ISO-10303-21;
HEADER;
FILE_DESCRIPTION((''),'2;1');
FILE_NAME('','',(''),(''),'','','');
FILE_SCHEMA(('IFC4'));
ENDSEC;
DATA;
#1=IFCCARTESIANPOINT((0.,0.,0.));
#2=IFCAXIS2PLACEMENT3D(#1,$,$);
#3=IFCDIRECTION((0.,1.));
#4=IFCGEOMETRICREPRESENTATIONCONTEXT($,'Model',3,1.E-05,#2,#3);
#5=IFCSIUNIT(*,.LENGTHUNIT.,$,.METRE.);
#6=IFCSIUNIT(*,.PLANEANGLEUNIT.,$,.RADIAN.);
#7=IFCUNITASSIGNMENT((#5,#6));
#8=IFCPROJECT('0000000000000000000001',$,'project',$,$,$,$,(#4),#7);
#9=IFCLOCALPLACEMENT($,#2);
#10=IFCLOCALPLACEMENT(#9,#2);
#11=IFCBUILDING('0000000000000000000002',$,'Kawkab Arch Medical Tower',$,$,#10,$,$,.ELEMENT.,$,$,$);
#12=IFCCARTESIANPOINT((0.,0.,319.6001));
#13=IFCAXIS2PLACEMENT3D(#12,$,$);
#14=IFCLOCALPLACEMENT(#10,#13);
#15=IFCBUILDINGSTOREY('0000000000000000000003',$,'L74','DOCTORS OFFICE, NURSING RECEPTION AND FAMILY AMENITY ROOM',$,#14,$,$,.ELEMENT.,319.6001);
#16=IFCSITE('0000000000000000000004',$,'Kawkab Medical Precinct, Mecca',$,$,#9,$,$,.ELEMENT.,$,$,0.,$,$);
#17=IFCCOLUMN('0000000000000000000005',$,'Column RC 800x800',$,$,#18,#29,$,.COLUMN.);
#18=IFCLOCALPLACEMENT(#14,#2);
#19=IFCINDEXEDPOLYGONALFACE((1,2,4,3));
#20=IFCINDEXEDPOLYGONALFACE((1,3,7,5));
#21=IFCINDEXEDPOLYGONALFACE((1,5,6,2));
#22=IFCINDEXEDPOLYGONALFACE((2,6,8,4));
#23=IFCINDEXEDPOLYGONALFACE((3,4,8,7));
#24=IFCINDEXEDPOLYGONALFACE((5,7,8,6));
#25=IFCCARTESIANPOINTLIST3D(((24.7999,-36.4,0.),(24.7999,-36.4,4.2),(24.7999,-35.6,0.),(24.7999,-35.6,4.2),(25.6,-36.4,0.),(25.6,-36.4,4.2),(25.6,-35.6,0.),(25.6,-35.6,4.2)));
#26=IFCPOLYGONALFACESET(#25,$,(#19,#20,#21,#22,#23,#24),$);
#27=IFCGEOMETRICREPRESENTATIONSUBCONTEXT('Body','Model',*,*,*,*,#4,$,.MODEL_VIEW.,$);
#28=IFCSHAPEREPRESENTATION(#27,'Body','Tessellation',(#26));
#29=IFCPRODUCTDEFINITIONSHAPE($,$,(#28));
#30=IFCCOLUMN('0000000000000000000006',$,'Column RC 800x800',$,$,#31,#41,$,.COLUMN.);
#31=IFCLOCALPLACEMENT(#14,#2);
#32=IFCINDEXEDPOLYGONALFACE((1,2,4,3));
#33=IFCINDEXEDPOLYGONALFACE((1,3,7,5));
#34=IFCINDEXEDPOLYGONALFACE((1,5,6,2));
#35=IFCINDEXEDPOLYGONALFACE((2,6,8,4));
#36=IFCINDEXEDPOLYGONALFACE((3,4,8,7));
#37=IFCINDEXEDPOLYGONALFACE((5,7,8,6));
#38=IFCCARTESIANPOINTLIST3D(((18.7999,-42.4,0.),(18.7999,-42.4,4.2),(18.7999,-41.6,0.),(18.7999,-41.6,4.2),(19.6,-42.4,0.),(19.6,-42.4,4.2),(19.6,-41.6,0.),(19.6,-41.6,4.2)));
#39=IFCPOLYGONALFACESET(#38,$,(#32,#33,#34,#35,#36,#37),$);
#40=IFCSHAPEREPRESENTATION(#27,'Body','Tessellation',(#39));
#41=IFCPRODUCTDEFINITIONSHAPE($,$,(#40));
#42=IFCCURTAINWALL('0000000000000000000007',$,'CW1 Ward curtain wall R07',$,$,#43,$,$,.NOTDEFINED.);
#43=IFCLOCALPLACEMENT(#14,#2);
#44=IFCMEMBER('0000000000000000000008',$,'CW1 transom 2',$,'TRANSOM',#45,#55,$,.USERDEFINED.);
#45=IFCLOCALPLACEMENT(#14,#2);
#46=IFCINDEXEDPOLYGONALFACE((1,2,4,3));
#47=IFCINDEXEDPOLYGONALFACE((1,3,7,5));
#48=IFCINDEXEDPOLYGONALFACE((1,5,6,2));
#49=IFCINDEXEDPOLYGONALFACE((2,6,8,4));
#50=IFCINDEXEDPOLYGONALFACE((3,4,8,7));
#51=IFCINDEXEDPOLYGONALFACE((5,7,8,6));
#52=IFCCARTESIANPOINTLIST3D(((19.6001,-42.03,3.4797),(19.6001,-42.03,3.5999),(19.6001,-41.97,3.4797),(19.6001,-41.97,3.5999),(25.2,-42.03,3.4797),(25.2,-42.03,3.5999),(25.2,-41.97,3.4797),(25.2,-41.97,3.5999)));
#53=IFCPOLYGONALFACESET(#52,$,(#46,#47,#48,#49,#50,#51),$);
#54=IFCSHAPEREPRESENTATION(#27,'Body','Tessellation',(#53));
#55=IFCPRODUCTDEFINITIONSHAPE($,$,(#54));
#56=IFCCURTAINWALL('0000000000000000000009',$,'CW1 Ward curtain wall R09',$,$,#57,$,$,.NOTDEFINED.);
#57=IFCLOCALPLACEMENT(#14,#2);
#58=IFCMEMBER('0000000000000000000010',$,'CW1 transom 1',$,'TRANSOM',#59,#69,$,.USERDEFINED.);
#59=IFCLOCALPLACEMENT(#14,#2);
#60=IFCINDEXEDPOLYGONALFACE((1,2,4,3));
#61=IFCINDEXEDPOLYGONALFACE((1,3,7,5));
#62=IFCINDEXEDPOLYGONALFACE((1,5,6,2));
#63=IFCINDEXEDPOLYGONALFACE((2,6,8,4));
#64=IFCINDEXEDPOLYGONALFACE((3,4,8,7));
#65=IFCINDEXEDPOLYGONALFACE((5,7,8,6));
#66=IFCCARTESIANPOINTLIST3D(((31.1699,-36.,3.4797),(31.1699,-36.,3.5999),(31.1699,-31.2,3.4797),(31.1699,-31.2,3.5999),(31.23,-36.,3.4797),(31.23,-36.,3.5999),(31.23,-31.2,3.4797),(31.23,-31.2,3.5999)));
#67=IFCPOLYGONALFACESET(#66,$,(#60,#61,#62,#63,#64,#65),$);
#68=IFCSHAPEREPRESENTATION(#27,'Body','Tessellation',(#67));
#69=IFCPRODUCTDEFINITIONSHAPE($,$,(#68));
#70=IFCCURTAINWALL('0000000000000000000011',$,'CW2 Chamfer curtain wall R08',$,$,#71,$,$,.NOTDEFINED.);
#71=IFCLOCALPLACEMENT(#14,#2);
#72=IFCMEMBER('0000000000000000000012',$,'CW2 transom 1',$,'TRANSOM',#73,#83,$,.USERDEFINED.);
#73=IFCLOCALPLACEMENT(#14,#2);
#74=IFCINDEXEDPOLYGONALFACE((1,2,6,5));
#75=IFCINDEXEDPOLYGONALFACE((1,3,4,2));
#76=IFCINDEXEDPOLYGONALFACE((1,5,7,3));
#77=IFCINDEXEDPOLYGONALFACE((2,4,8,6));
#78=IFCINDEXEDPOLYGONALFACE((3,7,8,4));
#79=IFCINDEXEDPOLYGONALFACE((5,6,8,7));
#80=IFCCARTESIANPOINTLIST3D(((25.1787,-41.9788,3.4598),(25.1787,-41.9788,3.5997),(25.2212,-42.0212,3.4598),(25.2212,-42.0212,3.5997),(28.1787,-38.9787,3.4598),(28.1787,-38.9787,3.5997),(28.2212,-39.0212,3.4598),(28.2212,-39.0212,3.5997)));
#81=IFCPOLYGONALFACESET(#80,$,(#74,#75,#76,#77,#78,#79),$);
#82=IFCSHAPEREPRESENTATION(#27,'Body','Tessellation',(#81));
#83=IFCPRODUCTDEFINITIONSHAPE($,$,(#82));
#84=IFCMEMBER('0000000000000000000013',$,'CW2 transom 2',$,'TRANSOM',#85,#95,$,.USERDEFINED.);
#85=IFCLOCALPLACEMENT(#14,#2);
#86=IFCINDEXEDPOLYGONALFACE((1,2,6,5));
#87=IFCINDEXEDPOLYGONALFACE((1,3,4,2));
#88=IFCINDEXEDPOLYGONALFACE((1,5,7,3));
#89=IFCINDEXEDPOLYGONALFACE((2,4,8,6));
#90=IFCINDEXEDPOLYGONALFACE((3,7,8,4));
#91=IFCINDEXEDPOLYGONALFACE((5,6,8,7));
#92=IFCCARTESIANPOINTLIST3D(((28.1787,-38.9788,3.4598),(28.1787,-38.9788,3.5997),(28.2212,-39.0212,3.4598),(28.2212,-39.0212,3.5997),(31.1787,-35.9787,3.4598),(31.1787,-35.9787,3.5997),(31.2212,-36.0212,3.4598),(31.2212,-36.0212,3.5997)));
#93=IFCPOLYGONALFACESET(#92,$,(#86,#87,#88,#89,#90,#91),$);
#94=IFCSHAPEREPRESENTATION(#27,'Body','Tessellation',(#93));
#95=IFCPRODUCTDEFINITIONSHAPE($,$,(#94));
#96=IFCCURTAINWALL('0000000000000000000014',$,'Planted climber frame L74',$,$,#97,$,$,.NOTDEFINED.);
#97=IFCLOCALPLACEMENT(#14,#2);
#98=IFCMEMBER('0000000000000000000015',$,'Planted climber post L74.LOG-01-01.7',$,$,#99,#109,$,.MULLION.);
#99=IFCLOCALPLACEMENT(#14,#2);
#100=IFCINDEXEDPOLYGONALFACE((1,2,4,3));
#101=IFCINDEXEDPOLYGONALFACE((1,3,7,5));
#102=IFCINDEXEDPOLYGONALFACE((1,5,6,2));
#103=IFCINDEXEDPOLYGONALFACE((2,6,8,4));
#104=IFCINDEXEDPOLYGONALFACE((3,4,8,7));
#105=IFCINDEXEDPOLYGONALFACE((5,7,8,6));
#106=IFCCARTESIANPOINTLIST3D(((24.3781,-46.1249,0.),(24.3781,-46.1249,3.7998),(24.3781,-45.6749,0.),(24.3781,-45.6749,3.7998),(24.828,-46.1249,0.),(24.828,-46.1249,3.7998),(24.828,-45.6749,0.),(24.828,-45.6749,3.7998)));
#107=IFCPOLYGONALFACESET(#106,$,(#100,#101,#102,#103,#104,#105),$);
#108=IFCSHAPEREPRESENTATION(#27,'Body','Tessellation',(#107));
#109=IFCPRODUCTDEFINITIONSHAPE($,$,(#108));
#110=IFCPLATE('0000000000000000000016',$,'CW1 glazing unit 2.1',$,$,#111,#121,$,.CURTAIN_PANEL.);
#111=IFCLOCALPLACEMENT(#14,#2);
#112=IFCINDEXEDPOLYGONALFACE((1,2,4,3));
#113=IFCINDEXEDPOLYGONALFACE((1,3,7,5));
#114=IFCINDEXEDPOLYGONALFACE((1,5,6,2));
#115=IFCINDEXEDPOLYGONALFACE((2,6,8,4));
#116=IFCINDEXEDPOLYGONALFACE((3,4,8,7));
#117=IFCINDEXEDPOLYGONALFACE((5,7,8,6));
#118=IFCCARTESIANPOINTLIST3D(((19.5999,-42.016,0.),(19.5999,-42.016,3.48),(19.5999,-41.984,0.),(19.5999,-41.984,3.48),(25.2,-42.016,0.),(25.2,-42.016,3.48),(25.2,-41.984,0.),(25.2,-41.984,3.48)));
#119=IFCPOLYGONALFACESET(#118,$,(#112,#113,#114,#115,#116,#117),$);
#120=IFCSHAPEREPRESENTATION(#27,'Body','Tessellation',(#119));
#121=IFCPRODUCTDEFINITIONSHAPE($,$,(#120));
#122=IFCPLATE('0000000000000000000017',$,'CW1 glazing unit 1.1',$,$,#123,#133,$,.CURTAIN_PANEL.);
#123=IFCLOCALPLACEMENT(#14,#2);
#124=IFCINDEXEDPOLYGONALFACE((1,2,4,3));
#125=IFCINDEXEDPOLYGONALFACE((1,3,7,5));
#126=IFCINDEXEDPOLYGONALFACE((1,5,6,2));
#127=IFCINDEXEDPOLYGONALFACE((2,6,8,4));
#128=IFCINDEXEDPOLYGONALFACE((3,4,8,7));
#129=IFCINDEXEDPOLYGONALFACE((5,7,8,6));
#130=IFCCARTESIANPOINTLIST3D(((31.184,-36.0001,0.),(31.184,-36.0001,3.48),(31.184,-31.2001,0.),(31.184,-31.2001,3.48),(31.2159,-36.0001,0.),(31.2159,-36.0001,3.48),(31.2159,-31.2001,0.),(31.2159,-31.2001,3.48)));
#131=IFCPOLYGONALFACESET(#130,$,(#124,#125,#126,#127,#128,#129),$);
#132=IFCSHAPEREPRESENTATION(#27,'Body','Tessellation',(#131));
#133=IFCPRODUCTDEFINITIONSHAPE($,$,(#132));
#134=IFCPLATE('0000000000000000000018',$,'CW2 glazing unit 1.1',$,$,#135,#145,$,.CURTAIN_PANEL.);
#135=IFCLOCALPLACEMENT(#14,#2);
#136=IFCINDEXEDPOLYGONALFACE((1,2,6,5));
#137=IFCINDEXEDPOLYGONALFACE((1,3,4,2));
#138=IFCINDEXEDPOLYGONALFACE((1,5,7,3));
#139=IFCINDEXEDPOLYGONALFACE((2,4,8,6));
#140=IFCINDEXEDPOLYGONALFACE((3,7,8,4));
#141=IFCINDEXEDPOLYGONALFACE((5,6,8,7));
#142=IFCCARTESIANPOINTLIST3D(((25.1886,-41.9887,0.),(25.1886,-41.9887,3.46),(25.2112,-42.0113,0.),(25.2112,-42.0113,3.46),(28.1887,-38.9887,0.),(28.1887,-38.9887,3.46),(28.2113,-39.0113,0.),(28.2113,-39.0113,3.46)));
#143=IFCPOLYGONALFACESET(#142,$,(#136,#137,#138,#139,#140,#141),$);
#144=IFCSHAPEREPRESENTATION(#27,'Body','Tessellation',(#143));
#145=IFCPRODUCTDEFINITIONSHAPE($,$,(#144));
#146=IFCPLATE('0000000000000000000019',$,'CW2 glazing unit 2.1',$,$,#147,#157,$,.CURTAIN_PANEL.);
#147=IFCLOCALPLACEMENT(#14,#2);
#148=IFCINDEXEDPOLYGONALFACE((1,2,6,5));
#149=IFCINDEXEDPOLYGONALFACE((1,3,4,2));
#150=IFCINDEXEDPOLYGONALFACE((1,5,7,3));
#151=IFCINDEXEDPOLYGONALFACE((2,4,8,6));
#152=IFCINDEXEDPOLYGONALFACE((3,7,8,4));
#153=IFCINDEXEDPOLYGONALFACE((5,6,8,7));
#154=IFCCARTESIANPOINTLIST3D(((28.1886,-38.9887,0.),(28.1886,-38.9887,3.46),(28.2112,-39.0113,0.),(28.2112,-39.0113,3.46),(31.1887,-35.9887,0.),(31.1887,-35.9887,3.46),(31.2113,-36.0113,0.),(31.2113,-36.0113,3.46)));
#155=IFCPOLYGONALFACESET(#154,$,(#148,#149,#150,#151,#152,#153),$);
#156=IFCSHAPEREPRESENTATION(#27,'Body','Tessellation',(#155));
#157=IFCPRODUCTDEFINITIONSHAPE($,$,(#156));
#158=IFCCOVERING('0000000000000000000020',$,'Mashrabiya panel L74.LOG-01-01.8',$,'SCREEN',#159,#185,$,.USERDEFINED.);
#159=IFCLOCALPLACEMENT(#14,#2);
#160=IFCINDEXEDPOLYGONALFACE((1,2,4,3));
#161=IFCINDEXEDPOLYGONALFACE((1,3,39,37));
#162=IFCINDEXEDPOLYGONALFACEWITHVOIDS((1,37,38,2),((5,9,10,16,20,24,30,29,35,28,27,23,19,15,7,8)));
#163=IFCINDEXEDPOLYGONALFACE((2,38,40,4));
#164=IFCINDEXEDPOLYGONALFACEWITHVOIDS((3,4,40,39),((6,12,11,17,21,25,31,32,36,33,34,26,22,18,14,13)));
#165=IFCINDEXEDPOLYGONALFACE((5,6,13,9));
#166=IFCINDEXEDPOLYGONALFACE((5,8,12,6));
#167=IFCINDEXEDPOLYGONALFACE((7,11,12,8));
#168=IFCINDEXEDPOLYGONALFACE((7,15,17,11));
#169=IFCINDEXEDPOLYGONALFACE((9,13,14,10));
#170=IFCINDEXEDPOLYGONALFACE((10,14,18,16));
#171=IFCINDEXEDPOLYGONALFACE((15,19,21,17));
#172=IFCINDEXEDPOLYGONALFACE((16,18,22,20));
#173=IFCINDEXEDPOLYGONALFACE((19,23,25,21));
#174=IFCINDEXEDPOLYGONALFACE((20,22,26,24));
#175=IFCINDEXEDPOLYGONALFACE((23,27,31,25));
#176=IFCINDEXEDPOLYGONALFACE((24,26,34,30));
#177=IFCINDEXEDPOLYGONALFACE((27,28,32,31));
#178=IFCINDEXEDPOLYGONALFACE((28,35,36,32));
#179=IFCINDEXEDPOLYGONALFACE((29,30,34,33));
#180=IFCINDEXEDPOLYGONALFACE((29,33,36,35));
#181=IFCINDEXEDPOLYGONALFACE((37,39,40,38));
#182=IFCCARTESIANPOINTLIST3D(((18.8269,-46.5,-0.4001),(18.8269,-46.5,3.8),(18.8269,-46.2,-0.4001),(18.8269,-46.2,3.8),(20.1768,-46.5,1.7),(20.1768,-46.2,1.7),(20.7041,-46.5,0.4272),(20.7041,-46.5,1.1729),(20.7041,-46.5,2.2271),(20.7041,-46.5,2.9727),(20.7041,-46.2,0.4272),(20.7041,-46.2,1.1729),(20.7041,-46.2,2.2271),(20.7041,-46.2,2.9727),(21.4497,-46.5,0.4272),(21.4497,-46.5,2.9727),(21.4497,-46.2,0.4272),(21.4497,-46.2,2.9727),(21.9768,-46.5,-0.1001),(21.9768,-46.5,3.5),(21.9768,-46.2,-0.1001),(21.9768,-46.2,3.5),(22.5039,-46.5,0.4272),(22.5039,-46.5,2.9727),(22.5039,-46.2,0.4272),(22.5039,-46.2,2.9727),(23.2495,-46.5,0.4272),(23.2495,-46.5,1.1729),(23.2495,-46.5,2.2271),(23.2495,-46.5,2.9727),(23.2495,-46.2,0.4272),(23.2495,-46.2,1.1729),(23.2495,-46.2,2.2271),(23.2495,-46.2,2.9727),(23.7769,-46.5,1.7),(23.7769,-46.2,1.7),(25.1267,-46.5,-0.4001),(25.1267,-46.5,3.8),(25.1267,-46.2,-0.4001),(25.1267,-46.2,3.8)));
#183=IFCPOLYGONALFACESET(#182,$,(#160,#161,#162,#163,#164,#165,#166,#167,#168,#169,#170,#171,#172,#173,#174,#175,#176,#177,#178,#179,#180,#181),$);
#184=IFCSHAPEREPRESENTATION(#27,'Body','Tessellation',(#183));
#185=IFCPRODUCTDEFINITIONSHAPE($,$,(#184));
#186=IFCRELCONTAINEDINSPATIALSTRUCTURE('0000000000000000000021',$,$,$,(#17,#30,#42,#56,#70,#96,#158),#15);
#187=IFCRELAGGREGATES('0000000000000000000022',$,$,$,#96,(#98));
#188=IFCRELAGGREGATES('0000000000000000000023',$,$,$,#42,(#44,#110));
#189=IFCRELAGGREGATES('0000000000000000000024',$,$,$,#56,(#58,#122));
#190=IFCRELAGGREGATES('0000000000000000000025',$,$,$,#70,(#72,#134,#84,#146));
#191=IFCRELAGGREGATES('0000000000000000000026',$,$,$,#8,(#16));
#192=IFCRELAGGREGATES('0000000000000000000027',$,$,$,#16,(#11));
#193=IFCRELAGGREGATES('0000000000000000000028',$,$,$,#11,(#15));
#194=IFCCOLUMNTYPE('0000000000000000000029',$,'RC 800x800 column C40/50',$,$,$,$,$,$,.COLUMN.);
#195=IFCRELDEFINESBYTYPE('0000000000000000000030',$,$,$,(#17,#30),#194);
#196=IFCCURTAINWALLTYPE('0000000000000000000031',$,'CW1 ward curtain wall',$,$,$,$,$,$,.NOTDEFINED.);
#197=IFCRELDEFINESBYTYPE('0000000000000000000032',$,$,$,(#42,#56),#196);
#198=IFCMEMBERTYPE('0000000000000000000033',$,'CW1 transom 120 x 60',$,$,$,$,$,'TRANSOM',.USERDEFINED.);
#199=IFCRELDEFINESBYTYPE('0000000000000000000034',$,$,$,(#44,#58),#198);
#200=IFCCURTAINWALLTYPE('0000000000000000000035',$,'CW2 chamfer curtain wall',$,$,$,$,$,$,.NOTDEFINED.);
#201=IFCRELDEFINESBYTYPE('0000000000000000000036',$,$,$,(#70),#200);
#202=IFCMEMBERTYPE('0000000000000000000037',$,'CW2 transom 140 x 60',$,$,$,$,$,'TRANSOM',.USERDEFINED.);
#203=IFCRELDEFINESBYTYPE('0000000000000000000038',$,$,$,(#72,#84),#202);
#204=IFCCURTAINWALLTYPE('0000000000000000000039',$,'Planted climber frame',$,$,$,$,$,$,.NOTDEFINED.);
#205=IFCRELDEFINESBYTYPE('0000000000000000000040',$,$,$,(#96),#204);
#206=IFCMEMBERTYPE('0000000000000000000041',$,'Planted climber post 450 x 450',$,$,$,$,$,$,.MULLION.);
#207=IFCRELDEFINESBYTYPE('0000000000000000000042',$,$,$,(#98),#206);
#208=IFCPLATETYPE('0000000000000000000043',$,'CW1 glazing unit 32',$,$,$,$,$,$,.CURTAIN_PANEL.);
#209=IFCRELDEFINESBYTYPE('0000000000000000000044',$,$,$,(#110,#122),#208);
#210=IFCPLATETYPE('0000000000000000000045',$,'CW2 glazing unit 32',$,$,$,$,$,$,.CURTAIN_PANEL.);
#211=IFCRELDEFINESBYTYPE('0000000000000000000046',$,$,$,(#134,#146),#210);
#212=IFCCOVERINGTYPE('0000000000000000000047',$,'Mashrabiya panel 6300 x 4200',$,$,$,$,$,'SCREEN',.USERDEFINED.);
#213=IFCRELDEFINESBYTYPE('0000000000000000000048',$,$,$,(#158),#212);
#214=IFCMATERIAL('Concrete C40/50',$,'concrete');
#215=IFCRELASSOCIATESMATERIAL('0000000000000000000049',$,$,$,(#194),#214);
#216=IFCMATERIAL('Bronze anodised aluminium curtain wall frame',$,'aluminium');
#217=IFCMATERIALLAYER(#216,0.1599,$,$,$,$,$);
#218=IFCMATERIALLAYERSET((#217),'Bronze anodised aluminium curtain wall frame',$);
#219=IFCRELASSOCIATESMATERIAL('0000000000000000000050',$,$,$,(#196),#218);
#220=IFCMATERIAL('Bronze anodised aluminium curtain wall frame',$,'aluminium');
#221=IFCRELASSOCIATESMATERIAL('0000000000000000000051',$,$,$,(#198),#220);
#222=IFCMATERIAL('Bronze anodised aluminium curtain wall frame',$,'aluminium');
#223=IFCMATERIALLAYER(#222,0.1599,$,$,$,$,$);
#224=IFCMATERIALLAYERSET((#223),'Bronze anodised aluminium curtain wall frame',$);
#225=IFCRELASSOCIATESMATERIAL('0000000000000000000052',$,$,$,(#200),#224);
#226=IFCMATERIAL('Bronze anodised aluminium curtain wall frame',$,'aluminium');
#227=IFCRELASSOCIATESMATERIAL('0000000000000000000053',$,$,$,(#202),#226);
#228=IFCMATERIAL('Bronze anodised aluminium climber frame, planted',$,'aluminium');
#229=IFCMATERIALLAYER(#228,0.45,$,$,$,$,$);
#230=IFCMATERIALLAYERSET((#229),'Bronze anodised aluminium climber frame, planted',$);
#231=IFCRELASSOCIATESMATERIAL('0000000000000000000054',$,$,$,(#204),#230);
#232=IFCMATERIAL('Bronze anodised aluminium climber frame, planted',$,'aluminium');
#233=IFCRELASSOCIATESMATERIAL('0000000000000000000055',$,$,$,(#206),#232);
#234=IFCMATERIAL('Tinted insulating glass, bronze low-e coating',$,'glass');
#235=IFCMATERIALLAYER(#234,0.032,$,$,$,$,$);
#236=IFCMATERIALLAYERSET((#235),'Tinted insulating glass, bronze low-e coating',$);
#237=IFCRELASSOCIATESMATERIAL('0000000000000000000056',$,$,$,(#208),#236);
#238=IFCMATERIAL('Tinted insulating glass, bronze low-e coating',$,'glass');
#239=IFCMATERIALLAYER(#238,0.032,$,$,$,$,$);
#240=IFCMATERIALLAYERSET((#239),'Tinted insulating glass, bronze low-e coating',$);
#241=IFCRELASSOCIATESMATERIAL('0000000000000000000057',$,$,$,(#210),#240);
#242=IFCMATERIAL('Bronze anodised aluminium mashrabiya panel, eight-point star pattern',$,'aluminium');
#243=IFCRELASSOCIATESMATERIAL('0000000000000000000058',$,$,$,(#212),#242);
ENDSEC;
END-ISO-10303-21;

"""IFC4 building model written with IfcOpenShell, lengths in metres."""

from ifc_helpers import new_model, si_unit, direction, frame, origin, origin_2d, place, context, subcontext, project, spatial, polyline, rectangle, outline, extrude, material, layer, layer_set, material_profile, profile_set, type_object, element, aggregate, save


model = new_model("IFC4")

# Units and contexts
model_context = context("Model", 3, precision=1e-05, world=origin(), true_north=direction((0.0, 1.0)))
body_context = subcontext(model_context, "Body", "Model", "MODEL_VIEW")
ifc_project = project(units=[si_unit("LENGTHUNIT", "METRE"), si_unit("PLANEANGLEUNIT", "RADIAN")], contexts=[model_context])

# Site, building, storey
site_placement = place(None, origin())
site = spatial("IfcSite", under=ifc_project, at=site_placement, Name="Kawkab Medical Precinct, Mecca", CompositionType="ELEMENT", RefElevation=0.0)
building_placement = place(site_placement, origin())
building = spatial("IfcBuilding", under=site, at=building_placement, Name="Kawkab Arch Medical Tower", CompositionType="ELEMENT")
storey_placement = place(building_placement, frame((0.0, 0.0, 319.6001)))
storey = spatial("IfcBuildingStorey", under=building, at=storey_placement, Name="L74", Description="DOCTORS OFFICE, NURSING RECEPTION AND FAMILY AMENITY ROOM", CompositionType="ELEMENT", Elevation=319.6001)

# Columns
ifc_material_1 = material(Name="Concrete C40/50", Category="concrete")
ifc_material_profile_1 = material_profile(ifc_material_1, rectangle(XDim=0.8, YDim=0.8, at=origin_2d()), Name="RC 800x800")
ifc_profile_set_1 = profile_set([ifc_material_profile_1], Name="Concrete C40/50")
column_type = type_object("IfcColumnType", Name="RC 800x800 column C40/50", PredefinedType="COLUMN", material=ifc_profile_set_1)
for number, where, z_axis, x_axis, name in (
    (1, (25.2, -36.0, 0.0), (0.0, 0.0, 1.0), (1.0, 0.0, 0.0), "Column RC 800x800"),
    (2, (19.2, -42.0, 0.0), (0.0, 0.0, 1.0), (1.0, 0.0, 0.0), "Column RC 800x800"),
):
    element("IfcColumn", number, at=place(storey_placement, frame(where, z_axis=z_axis, x_axis=x_axis)), inside=storey, type_object=column_type, Name=name, PredefinedType="COLUMN", context=body_context, shape_type="SweptSolid", body=[
        extrude(rectangle(XDim=0.8, YDim=0.8, at=origin_2d()), origin(), (0.0, 0.0, 1.0), 4.2),
    ])

# Curtain walls, members
ifc_material_2 = material(Name="Bronze anodised aluminium curtain wall frame", Category="aluminium")
ifc_layer_1 = layer(ifc_material_2, 0.1599)
ifc_layer_set_1 = layer_set([ifc_layer_1], Name="Bronze anodised aluminium curtain wall frame")
curtain_wall_type_1 = type_object("IfcCurtainWallType", Name="CW1 ward curtain wall", PredefinedType="NOTDEFINED", material=ifc_layer_set_1)
placement = place(storey_placement, origin())
curtain_wall_1 = element("IfcCurtainWall", 3, at=placement, inside=storey, type_object=curtain_wall_type_1, Name="CW1 Ward curtain wall R07", PredefinedType="NOTDEFINED")
ifc_material_3 = material(Name="Bronze anodised aluminium curtain wall frame", Category="aluminium")
ifc_material_profile_2 = material_profile(ifc_material_3, rectangle(XDim=0.0601, YDim=0.1201, at=origin_2d()), Name="AL 60x120")
ifc_profile_set_2 = profile_set([ifc_material_profile_2], Name="Bronze anodised aluminium curtain wall frame")
member_type_1 = type_object("IfcMemberType", Name="CW1 transom 120 x 60", ElementType="TRANSOM", PredefinedType="USERDEFINED", material=ifc_profile_set_2)
member_1_placement = place(storey_placement, frame((19.6001, -42.0, 3.5398), z_axis=(1.0, 0.0, 0.0), x_axis=(0.0, 1.0, 0.0)))
member_1 = element("IfcMember", 4, at=member_1_placement, type_object=member_type_1, Name="CW1 transom 2", ObjectType="TRANSOM", PredefinedType="USERDEFINED", context=body_context, shape_type="SweptSolid", body=[
    extrude(rectangle(XDim=0.0601, YDim=0.1201, at=origin_2d()), origin(), (0.0, 0.0, 1.0), 5.5999),
])
curtain_wall_2 = element("IfcCurtainWall", 5, at=placement, inside=storey, type_object=curtain_wall_type_1, Name="CW1 Ward curtain wall R09", PredefinedType="NOTDEFINED")
member_2_placement = place(storey_placement, frame((31.2, -36.0, 3.5398), z_axis=(0.0, 1.0, 0.0), x_axis=(-1.0, 0.0, 0.0)))
member_2 = element("IfcMember", 6, at=member_2_placement, type_object=member_type_1, Name="CW1 transom 1", ObjectType="TRANSOM", PredefinedType="USERDEFINED", context=body_context, shape_type="SweptSolid", body=[
    extrude(rectangle(XDim=0.0601, YDim=0.1201, at=origin_2d()), origin(), (0.0, 0.0, 1.0), 4.8),
])

# Curtain wall, members
ifc_material_4 = material(Name="Bronze anodised aluminium curtain wall frame", Category="aluminium")
ifc_layer_2 = layer(ifc_material_4, 0.1599)
ifc_layer_set_2 = layer_set([ifc_layer_2], Name="Bronze anodised aluminium curtain wall frame")
curtain_wall_type_2 = type_object("IfcCurtainWallType", Name="CW2 chamfer curtain wall", PredefinedType="NOTDEFINED", material=ifc_layer_set_2)
curtain_wall_3 = element("IfcCurtainWall", 7, at=placement, inside=storey, type_object=curtain_wall_type_2, Name="CW2 Chamfer curtain wall R08", PredefinedType="NOTDEFINED")
ifc_material_5 = material(Name="Bronze anodised aluminium curtain wall frame", Category="aluminium")
ifc_material_profile_3 = material_profile(ifc_material_5, rectangle(XDim=0.0601, YDim=0.1399, at=origin_2d()), Name="AL 60x140")
ifc_profile_set_3 = profile_set([ifc_material_profile_3], Name="Bronze anodised aluminium curtain wall frame")
member_type_2 = type_object("IfcMemberType", Name="CW2 transom 140 x 60", ElementType="TRANSOM", PredefinedType="USERDEFINED", material=ifc_profile_set_3)
member_3_placement = place(storey_placement, frame((25.2, -42.0, 3.5298), z_axis=(0.707107, 0.707107, 0.0), x_axis=(-0.707107, 0.707107, 0.0)))
member_3 = element("IfcMember", 8, at=member_3_placement, type_object=member_type_2, Name="CW2 transom 1", ObjectType="TRANSOM", PredefinedType="USERDEFINED", context=body_context, shape_type="SweptSolid", body=[
    extrude(rectangle(XDim=0.0601, YDim=0.1399, at=origin_2d()), origin(), (0.0, 0.0, 1.0), 4.2427),
])
member_4_placement = place(storey_placement, frame((28.2, -39.0, 3.5298), z_axis=(0.707107, 0.707107, 0.0), x_axis=(-0.707107, 0.707107, 0.0)))
member_4 = element("IfcMember", 9, at=member_4_placement, type_object=member_type_2, Name="CW2 transom 2", ObjectType="TRANSOM", PredefinedType="USERDEFINED", context=body_context, shape_type="SweptSolid", body=[
    extrude(rectangle(XDim=0.0601, YDim=0.1399, at=origin_2d()), origin(), (0.0, 0.0, 1.0), 4.2427),
])

# Curtain wall, member
ifc_material_6 = material(Name="Bronze anodised aluminium climber frame, planted", Category="aluminium")
ifc_layer_3 = layer(ifc_material_6, 0.45)
ifc_layer_set_3 = layer_set([ifc_layer_3], Name="Bronze anodised aluminium climber frame, planted")
curtain_wall_type_3 = type_object("IfcCurtainWallType", Name="Planted climber frame", PredefinedType="NOTDEFINED", material=ifc_layer_set_3)
curtain_wall_4 = element("IfcCurtainWall", 10, at=placement, inside=storey, type_object=curtain_wall_type_3, Name="Planted climber frame L74", PredefinedType="NOTDEFINED")
ifc_material_7 = material(Name="Bronze anodised aluminium climber frame, planted", Category="aluminium")
ifc_material_profile_4 = material_profile(ifc_material_7, rectangle(XDim=0.45, YDim=0.45, at=origin_2d()), Name="Post 450x450")
ifc_profile_set_4 = profile_set([ifc_material_profile_4], Name="Bronze anodised aluminium climber frame, planted")
member_type_3 = type_object("IfcMemberType", Name="Planted climber post 450 x 450", PredefinedType="MULLION", material=ifc_profile_set_4)
member_5_placement = place(storey_placement, frame((24.603, -45.8999, 0.0), z_axis=(0.0, 0.0, 1.0), x_axis=(1.0, 0.0, 0.0)))
member_5 = element("IfcMember", 11, at=member_5_placement, type_object=member_type_3, Name="Planted climber post L74.LOG-01-01.7", PredefinedType="MULLION", context=body_context, shape_type="SweptSolid", body=[
    extrude(rectangle(XDim=0.45, YDim=0.45, at=origin_2d()), origin(), (0.0, 0.0, 1.0), 3.7998),
])
aggregate(curtain_wall_4, [member_5])

# Plates
ifc_material_8 = material(Name="Tinted insulating glass, bronze low-e coating", Category="glass")
ifc_layer_4 = layer(ifc_material_8, 0.032)
ifc_layer_set_4 = layer_set([ifc_layer_4], Name="Tinted insulating glass, bronze low-e coating")
plate_type_1 = type_object("IfcPlateType", Name="CW1 glazing unit 32", PredefinedType="CURTAIN_PANEL", material=ifc_layer_set_4)
plate_1_placement = place(storey_placement, frame((22.3999, -42.0, 0.0), z_axis=(0.0, 0.0, 1.0), x_axis=(1.0, 0.0, 0.0)))
plate_1 = element("IfcPlate", 12, at=plate_1_placement, type_object=plate_type_1, Name="CW1 glazing unit 2.1", PredefinedType="CURTAIN_PANEL", context=body_context, shape_type="SweptSolid", body=[
    extrude(rectangle(XDim=5.6001, YDim=0.032, at=origin_2d()), origin(), (0.0, 0.0, 1.0), 3.48),
])
aggregate(curtain_wall_1, [member_1, plate_1])
plate_2_placement = place(storey_placement, frame((31.2, -33.6001, 0.0), z_axis=(0.0, 0.0, 1.0), x_axis=(0.0, 1.0, 0.0)))
plate_2 = element("IfcPlate", 13, at=plate_2_placement, type_object=plate_type_1, Name="CW1 glazing unit 1.1", PredefinedType="CURTAIN_PANEL", context=body_context, shape_type="SweptSolid", body=[
    extrude(rectangle(XDim=4.8, YDim=0.032, at=origin_2d()), origin(), (0.0, 0.0, 1.0), 3.48),
])
aggregate(curtain_wall_2, [member_2, plate_2])
ifc_material_9 = material(Name="Tinted insulating glass, bronze low-e coating", Category="glass")
ifc_layer_5 = layer(ifc_material_9, 0.032)
ifc_layer_set_5 = layer_set([ifc_layer_5], Name="Tinted insulating glass, bronze low-e coating")
plate_type_2 = type_object("IfcPlateType", Name="CW2 glazing unit 32", PredefinedType="CURTAIN_PANEL", material=ifc_layer_set_5)
plate_3_placement = place(storey_placement, frame((26.7, -40.5, 0.0), z_axis=(0.0, 0.0, 1.0), x_axis=(0.707107, 0.707107, 0.0)))
plate_3 = element("IfcPlate", 14, at=plate_3_placement, type_object=plate_type_2, Name="CW2 glazing unit 1.1", PredefinedType="CURTAIN_PANEL", context=body_context, shape_type="SweptSolid", body=[
    extrude(rectangle(XDim=4.2427, YDim=0.032, at=origin_2d()), origin(), (0.0, 0.0, 1.0), 3.46),
])
plate_4_placement = place(storey_placement, frame((29.7, -37.5, 0.0), z_axis=(0.0, 0.0, 1.0), x_axis=(0.707107, 0.707107, 0.0)))
plate_4 = element("IfcPlate", 15, at=plate_4_placement, type_object=plate_type_2, Name="CW2 glazing unit 2.1", PredefinedType="CURTAIN_PANEL", context=body_context, shape_type="SweptSolid", body=[
    extrude(rectangle(XDim=4.2427, YDim=0.032, at=origin_2d()), origin(), (0.0, 0.0, 1.0), 3.46),
])
aggregate(curtain_wall_3, [member_3, plate_3, member_4, plate_4])

# Covering
ifc_material_10 = material(Name="Bronze anodised aluminium mashrabiya panel, eight-point star pattern", Category="aluminium")
ifc_material_profile_5 = material_profile(ifc_material_10, outline(polyline([(-3.1499, -2.1001), (3.1499, -2.1001), (3.1499, 2.1001), (-3.1499, 2.1001), (-3.1499, -2.1001)]), holes=[polyline([(1.8, 0.0), (1.2727, 0.5271), (1.2727, 1.2727), (0.5271, 1.2727), (0.0, 1.8), (-0.5271, 1.2727), (-1.2727, 1.2727), (-1.2727, 0.5271), (-1.8, 0.0), (-1.2727, -0.5271), (-1.2727, -1.2727), (-0.5271, -1.2727), (0.0, -1.8), (0.5271, -1.2727), (1.2727, -1.2727), (1.2727, -0.5271), (1.8, 0.0)])]), Name="Mashrabiya panel 6300x4200")
ifc_profile_set_5 = profile_set([ifc_material_profile_5], Name="Bronze anodised aluminium mashrabiya panel, eight-point star pattern")
covering_type_1 = type_object("IfcCoveringType", Name="Mashrabiya panel 6300 x 4200", ElementType="SCREEN", PredefinedType="USERDEFINED", material=ifc_profile_set_5)
covering_1_placement = place(storey_placement, frame((21.9768, -46.2, 1.7), z_axis=(0.0, -1.0, 0.0), x_axis=(1.0, 0.0, 0.0)))
element("IfcCovering", 16, at=covering_1_placement, inside=storey, type_object=covering_type_1, Name="Mashrabiya panel L74.LOG-01-01.8", ObjectType="SCREEN", PredefinedType="USERDEFINED", context=body_context, shape_type="SweptSolid", body=[
    extrude(outline(polyline([(-3.1499, -2.1001), (3.1499, -2.1001), (3.1499, 2.1001), (-3.1499, 2.1001), (-3.1499, -2.1001)]), holes=[polyline([(1.8, 0.0), (1.2727, 0.5271), (1.2727, 1.2727), (0.5271, 1.2727), (0.0, 1.8), (-0.5271, 1.2727), (-1.2727, 1.2727), (-1.2727, 0.5271), (-1.8, 0.0), (-1.2727, -0.5271), (-1.2727, -1.2727), (-0.5271, -1.2727), (0.0, -1.8), (0.5271, -1.2727), (1.2727, -1.2727), (1.2727, -0.5271), (1.8, 0.0)])]), origin(), (0.0, 0.0, 1.0), 0.3),
])

save(model, "model.ifc")
